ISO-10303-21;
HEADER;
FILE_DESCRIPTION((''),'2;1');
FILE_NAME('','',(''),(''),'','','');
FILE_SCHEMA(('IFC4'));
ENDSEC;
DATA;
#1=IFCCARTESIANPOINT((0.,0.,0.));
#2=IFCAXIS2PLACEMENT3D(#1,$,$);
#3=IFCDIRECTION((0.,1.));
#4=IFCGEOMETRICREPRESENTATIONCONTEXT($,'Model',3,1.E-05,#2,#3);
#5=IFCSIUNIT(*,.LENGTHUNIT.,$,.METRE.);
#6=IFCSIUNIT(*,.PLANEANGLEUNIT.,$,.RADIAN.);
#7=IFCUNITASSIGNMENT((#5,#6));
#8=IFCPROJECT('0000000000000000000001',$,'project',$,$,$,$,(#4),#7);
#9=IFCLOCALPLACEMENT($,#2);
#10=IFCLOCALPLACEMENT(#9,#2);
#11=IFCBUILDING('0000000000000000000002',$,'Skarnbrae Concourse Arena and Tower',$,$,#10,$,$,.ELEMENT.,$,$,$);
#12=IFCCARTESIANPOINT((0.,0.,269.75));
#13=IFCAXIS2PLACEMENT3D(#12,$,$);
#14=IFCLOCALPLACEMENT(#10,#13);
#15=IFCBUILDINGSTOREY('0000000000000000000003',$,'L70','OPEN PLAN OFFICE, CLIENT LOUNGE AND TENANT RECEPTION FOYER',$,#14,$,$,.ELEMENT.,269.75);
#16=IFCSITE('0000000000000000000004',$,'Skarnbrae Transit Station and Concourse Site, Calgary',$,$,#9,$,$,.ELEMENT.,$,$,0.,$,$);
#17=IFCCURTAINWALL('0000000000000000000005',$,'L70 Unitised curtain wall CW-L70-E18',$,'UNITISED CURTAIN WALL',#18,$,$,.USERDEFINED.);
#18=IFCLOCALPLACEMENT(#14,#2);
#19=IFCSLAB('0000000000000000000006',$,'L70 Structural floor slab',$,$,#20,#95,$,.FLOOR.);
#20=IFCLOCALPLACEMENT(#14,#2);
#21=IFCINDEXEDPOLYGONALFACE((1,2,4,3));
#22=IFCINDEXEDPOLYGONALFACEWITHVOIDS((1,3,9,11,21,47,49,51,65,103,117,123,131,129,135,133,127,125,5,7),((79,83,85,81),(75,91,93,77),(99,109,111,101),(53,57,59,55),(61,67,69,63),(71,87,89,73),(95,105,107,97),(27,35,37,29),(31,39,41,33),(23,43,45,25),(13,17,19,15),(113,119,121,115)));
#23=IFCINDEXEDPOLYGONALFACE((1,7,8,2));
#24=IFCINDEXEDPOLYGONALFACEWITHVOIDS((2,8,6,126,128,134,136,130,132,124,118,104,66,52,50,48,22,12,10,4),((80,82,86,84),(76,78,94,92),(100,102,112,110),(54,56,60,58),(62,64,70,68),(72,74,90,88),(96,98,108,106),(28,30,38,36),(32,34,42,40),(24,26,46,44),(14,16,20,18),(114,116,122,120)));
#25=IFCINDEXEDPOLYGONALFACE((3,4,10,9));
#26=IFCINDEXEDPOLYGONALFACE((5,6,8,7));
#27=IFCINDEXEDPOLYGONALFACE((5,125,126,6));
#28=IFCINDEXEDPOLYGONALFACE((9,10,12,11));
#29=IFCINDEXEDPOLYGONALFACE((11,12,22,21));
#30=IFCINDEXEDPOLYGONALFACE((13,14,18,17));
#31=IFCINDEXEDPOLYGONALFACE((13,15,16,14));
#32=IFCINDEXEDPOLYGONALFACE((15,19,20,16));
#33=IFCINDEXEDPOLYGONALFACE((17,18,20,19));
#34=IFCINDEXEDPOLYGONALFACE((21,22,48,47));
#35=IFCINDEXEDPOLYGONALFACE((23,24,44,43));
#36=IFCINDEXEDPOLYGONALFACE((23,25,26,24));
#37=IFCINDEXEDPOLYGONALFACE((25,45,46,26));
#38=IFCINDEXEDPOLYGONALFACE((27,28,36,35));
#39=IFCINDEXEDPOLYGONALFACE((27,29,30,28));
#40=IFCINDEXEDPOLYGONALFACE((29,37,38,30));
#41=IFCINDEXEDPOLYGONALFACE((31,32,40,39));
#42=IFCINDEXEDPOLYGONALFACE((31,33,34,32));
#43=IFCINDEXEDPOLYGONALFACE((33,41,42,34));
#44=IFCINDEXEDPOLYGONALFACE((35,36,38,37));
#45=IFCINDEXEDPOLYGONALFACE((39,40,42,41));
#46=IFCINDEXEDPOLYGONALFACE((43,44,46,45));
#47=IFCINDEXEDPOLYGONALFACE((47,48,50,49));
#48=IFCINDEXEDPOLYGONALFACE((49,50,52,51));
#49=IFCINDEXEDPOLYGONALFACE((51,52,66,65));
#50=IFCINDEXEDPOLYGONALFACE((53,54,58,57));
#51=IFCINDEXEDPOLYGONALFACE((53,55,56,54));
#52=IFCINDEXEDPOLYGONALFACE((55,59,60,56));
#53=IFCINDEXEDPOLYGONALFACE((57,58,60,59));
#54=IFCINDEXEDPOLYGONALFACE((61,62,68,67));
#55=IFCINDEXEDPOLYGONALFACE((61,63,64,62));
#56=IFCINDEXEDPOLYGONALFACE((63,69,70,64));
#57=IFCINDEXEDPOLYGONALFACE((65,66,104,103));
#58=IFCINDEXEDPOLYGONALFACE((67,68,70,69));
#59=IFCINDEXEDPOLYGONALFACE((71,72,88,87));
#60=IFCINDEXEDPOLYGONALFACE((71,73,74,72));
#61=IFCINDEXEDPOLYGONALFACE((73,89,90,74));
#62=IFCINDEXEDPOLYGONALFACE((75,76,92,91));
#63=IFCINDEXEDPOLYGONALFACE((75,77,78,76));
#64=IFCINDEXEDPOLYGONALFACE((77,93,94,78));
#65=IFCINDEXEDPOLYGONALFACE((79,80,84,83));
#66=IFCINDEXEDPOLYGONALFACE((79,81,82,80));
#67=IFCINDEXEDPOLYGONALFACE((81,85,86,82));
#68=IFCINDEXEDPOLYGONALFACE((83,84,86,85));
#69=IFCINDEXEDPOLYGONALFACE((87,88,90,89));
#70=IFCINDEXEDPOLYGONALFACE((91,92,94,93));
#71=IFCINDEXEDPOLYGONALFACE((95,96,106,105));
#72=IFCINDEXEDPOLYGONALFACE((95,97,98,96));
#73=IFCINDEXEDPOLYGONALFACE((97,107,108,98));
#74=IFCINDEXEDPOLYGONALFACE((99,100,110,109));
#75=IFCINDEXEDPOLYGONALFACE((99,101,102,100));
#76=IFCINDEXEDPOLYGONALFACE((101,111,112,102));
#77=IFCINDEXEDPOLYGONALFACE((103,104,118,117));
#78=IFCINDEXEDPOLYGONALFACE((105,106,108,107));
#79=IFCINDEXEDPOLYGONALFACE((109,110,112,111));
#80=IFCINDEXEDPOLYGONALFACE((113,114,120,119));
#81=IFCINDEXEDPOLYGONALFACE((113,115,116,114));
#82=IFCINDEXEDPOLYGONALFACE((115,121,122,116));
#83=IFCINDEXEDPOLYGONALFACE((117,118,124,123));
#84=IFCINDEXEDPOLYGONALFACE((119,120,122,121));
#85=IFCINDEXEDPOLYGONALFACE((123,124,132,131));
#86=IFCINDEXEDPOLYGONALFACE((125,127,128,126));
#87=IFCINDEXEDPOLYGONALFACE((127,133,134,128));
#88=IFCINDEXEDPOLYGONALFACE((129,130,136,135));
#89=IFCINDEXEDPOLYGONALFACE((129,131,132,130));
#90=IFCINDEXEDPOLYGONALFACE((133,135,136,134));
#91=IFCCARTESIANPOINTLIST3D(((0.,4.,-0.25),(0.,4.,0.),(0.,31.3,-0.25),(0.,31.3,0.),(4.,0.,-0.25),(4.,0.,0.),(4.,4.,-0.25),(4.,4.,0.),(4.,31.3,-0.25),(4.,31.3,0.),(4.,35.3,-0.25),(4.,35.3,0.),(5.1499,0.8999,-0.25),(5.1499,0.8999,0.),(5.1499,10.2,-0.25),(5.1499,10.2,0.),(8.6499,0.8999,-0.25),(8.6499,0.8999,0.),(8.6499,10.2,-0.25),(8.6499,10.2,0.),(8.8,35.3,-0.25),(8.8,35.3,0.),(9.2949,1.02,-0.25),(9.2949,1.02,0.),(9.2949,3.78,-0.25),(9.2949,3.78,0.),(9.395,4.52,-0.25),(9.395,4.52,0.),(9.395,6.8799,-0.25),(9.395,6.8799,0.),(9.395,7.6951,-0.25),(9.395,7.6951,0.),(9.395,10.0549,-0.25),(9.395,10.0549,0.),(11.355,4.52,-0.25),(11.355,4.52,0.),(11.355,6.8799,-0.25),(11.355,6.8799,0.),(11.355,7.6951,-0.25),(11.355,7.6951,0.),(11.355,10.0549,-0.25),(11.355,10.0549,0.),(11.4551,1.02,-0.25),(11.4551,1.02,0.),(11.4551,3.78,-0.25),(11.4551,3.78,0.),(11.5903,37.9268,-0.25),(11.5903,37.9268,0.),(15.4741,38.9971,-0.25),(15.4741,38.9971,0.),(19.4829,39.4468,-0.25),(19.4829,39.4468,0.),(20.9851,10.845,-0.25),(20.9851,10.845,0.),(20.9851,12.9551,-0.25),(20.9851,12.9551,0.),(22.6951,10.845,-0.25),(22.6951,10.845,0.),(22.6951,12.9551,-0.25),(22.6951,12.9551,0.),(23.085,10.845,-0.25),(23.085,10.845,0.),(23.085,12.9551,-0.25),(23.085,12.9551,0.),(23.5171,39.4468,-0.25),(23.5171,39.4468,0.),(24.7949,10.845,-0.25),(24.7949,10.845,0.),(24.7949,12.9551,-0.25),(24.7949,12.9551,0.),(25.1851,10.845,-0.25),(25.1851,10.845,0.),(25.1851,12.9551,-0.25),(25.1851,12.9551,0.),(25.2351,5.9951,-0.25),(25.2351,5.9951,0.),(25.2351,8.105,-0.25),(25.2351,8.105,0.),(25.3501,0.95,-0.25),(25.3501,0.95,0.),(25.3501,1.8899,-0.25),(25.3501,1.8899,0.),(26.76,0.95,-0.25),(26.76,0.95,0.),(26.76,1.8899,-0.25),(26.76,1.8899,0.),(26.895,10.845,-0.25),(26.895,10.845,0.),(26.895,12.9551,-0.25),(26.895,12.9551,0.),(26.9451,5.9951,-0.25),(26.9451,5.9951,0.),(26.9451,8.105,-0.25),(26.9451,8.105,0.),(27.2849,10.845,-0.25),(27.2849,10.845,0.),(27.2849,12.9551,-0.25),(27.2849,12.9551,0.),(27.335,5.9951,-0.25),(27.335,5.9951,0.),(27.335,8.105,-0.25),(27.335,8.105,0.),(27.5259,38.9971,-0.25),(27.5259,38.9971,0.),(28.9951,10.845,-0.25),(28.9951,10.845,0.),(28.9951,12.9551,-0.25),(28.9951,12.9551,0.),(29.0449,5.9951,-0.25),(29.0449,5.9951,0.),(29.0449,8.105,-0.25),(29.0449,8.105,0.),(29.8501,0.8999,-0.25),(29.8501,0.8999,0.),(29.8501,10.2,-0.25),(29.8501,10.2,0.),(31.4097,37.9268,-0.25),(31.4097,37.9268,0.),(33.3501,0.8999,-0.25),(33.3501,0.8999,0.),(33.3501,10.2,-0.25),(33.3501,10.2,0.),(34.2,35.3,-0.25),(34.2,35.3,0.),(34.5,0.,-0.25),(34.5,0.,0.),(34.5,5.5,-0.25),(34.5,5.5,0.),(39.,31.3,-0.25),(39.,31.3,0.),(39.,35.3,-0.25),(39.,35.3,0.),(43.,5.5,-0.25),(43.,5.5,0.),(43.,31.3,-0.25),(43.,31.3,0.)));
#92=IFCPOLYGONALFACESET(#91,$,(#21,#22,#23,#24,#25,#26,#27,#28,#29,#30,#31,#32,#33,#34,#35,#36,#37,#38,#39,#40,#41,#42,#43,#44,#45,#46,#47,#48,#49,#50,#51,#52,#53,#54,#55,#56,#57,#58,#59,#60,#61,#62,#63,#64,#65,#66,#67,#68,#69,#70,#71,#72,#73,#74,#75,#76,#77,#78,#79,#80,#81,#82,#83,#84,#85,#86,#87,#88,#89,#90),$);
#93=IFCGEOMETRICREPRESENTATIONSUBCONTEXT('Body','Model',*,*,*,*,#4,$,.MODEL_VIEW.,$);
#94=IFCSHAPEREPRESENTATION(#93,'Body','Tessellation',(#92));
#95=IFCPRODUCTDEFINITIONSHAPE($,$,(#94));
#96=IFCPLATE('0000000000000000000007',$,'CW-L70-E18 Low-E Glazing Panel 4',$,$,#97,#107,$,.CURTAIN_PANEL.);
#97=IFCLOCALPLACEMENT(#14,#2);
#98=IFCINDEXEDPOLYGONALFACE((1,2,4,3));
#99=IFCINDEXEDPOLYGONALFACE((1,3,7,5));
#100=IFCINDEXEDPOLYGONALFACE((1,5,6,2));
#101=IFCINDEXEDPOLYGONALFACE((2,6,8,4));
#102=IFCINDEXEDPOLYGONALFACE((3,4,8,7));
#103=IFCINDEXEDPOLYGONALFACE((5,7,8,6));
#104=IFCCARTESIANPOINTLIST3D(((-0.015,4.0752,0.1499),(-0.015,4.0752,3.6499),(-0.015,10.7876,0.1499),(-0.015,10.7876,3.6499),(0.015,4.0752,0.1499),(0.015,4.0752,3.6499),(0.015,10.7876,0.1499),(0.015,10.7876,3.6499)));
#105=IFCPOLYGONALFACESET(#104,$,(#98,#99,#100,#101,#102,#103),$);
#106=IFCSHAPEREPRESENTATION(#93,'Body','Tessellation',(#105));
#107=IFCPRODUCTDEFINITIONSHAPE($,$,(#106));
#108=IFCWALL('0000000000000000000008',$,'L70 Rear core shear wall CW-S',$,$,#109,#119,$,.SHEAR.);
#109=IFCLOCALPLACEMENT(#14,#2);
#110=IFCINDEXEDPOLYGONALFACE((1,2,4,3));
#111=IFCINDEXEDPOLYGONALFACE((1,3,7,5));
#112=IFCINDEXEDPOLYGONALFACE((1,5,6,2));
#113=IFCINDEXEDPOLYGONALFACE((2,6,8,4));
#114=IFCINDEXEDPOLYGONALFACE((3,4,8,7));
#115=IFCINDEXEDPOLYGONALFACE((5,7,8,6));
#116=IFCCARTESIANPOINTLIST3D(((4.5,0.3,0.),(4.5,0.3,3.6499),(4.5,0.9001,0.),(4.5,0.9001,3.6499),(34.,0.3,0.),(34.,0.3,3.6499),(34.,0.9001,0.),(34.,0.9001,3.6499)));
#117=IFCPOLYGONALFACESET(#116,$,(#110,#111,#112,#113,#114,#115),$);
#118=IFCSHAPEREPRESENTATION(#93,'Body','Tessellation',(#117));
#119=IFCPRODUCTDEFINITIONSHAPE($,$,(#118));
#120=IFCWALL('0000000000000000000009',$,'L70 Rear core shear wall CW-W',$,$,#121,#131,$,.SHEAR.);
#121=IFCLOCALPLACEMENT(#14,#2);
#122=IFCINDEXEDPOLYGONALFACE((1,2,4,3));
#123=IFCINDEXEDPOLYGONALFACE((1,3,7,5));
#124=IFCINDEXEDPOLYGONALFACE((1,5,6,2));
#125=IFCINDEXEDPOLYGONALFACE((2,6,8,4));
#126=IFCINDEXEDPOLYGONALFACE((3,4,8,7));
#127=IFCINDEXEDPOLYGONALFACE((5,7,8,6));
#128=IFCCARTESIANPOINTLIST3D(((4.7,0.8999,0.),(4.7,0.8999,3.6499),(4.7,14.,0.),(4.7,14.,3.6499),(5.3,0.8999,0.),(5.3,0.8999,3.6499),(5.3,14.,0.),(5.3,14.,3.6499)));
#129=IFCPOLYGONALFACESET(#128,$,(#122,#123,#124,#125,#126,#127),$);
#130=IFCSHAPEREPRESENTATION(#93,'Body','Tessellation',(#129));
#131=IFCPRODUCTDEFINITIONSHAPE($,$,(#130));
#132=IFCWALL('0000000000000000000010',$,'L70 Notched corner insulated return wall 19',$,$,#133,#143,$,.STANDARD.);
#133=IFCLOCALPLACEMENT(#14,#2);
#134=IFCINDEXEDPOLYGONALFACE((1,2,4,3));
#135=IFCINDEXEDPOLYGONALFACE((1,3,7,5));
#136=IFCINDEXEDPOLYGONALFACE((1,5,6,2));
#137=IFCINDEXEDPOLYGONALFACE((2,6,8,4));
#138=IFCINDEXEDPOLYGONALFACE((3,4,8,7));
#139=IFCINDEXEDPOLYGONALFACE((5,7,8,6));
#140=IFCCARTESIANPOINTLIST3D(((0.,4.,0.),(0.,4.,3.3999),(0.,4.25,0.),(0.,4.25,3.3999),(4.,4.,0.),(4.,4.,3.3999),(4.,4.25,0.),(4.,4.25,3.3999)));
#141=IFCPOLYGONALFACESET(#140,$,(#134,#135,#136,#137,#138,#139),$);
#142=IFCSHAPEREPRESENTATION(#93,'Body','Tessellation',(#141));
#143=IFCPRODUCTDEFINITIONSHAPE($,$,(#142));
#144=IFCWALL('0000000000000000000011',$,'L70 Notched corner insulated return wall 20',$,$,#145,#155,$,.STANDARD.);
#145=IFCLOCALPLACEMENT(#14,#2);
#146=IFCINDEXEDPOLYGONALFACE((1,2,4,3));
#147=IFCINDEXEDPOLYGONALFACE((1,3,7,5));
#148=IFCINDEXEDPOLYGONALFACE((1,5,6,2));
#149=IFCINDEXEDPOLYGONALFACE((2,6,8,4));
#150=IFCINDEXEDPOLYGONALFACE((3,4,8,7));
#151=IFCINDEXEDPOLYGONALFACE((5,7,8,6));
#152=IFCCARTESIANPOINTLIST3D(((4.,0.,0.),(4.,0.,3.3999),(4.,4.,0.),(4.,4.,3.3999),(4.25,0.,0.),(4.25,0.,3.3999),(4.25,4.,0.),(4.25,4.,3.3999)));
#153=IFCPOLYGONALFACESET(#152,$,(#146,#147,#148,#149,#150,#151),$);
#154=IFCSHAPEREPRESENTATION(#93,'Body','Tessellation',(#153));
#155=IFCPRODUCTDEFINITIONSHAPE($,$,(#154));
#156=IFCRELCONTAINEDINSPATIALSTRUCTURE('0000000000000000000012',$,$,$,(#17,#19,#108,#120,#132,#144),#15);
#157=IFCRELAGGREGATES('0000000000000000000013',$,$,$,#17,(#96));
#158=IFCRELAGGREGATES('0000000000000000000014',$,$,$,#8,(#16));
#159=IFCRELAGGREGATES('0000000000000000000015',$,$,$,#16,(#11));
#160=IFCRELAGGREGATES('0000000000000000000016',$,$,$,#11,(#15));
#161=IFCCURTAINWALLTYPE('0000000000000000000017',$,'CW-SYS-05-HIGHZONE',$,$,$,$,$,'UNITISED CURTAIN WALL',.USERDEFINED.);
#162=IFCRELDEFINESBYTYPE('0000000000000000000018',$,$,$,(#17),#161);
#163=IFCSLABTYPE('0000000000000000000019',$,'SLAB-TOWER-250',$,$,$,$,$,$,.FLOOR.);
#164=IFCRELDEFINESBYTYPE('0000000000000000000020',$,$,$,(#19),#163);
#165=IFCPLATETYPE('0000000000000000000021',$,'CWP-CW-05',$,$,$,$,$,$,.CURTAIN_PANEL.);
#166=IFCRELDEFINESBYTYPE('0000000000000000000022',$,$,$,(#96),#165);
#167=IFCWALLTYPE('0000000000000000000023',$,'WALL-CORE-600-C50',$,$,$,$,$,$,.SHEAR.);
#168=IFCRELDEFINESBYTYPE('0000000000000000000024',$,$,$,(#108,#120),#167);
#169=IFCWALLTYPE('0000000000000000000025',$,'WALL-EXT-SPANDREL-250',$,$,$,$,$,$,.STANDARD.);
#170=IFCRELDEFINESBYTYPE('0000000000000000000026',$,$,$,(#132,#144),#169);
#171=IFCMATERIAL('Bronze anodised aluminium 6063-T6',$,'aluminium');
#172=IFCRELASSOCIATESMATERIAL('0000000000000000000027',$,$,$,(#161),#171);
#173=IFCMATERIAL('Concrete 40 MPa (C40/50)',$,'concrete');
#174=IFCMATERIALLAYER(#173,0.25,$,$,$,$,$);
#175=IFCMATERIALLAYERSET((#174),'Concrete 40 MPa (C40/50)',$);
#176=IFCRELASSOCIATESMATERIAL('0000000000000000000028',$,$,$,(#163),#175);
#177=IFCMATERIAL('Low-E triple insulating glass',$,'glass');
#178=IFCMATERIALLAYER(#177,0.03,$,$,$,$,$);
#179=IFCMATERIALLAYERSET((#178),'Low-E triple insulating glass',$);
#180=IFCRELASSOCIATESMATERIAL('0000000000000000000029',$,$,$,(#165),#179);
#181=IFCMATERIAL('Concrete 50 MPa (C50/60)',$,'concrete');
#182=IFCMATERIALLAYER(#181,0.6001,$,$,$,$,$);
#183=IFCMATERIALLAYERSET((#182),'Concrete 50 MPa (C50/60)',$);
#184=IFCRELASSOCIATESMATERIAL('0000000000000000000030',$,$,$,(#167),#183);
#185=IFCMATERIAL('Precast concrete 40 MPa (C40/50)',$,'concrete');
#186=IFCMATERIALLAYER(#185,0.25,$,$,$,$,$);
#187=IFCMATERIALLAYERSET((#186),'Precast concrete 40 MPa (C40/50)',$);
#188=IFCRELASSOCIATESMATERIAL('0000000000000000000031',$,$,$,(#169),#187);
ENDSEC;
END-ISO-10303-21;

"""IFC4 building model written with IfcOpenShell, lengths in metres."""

from ifc_helpers import new_model, si_unit, direction, frame, frame_2d, origin, origin_2d, place, context, subcontext, project, spatial, polyline, rectangle, outline, extrude, source, transform, mapped, material, layer, layer_set, type_object, element, aggregate, save


model = new_model("IFC4")

# Units and contexts
model_context = context("Model", 3, precision=1e-05, world=origin(), true_north=direction((0.0, 1.0)))
body_context = subcontext(model_context, "Body", "Model", "MODEL_VIEW")
ifc_project = project(units=[si_unit("LENGTHUNIT", "METRE"), si_unit("PLANEANGLEUNIT", "RADIAN")], contexts=[model_context])

# Site, building, storey
site_placement = place(None, origin())
site = spatial("IfcSite", under=ifc_project, at=site_placement, Name="Skarnbrae Transit Station and Concourse Site, Calgary", CompositionType="ELEMENT", RefElevation=0.0)
building_placement = place(site_placement, origin())
building = spatial("IfcBuilding", under=site, at=building_placement, Name="Skarnbrae Concourse Arena and Tower", CompositionType="ELEMENT")
storey_placement = place(building_placement, frame((0.0, 0.0, 269.75)))
storey = spatial("IfcBuildingStorey", under=building, at=storey_placement, Name="L70", Description="OPEN PLAN OFFICE, CLIENT LOUNGE AND TENANT RECEPTION FOYER", CompositionType="ELEMENT", Elevation=269.75)

# Curtain wall
ifc_material_1 = material(Name="Bronze anodised aluminium 6063-T6", Category="aluminium")
curtain_wall_type = type_object("IfcCurtainWallType", Name="CW-SYS-05-HIGHZONE", ElementType="UNITISED CURTAIN WALL", PredefinedType="USERDEFINED", material=ifc_material_1)
curtain_wall_placement = place(storey_placement, origin())
curtain_wall = element("IfcCurtainWall", 1, at=curtain_wall_placement, inside=storey, type_object=curtain_wall_type, Name="L70 Unitised curtain wall CW-L70-E18", ObjectType="UNITISED CURTAIN WALL", PredefinedType="USERDEFINED")

# Shared definitions
ifc_material_2 = material(Name="Concrete 40 MPa (C40/50)", Category="concrete")

# Slab
ifc_layer_1 = layer(ifc_material_2, 0.25)
ifc_layer_set_1 = layer_set([ifc_layer_1], Name="Concrete 40 MPa (C40/50)")
slab_type_1 = type_object("IfcSlabType", Name="SLAB-TOWER-250", PredefinedType="FLOOR", material=ifc_layer_set_1)
slab_1_placement = place(storey_placement, frame((0.0, 0.0, -0.25)))
element("IfcSlab", 2, at=slab_1_placement, inside=storey, type_object=slab_type_1, Name="L70 Structural floor slab", PredefinedType="FLOOR", context=body_context, shape_type="SweptSolid", body=[
    extrude(outline(polyline([(4.0, 0.0), (34.5, 0.0), (34.5, 5.5), (43.0, 5.5), (43.0, 31.3), (39.0, 31.3), (39.0, 35.3), (34.2, 35.3), (31.4097, 37.9268), (27.5259, 38.9971), (23.5171, 39.4468), (19.4829, 39.4468), (15.4741, 38.9971), (11.5903, 37.9268), (8.8, 35.3), (4.0, 35.3), (4.0, 31.3), (0.0, 31.3), (0.0, 4.0), (4.0, 4.0), (4.0, 0.0)]), holes=[polyline([(9.2949, 1.02), (9.2949, 3.78), (11.4551, 3.78), (11.4551, 1.02), (9.2949, 1.02)]), polyline([(8.6499, 10.2), (8.6499, 0.8999), (5.1499, 0.8999), (5.1499, 10.2), (8.6499, 10.2)]), polyline([(9.395, 6.8799), (11.355, 6.8799), (11.355, 4.52), (9.395, 4.52), (9.395, 6.8799)]), polyline([(9.395, 7.6951), (9.395, 10.0549), (11.355, 10.0549), (11.355, 7.6951), (9.395, 7.6951)]), polyline([(20.9851, 12.9551), (22.6951, 12.9551), (22.6951, 10.845), (20.9851, 10.845), (20.9851, 12.9551)]), polyline([(23.085, 12.9551), (24.7949, 12.9551), (24.7949, 10.845), (23.085, 10.845), (23.085, 12.9551)]), polyline([(25.3501, 0.95), (25.3501, 1.8899), (26.76, 1.8899), (26.76, 0.95), (25.3501, 0.95)]), polyline([(33.3501, 10.2), (33.3501, 0.8999), (29.8501, 0.8999), (29.8501, 10.2), (33.3501, 10.2)]), polyline([(25.2351, 8.105), (26.9451, 8.105), (26.9451, 5.9951), (25.2351, 5.9951), (25.2351, 8.105)]), polyline([(27.335, 5.9951), (27.335, 8.105), (29.0449, 8.105), (29.0449, 5.9951), (27.335, 5.9951)]), polyline([(25.1851, 12.9551), (26.895, 12.9551), (26.895, 10.845), (25.1851, 10.845), (25.1851, 12.9551)]), polyline([(27.2849, 12.9551), (28.9951, 12.9551), (28.9951, 10.845), (27.2849, 10.845), (27.2849, 12.9551)])]), origin(), (0.0, 0.0, 1.0), 0.25),
])

# Plate
ifc_material_3 = material(Name="Low-E triple insulating glass", Category="glass")
ifc_layer_2 = layer(ifc_material_3, 0.03)
ifc_layer_set_2 = layer_set([ifc_layer_2], Name="Low-E triple insulating glass")
plate_type = type_object("IfcPlateType", Name="CWP-CW-05", PredefinedType="CURTAIN_PANEL", material=ifc_layer_set_2)
shared_shape_1 = source(origin(), body_context, "Body", "SweptSolid", [
    extrude(rectangle(XDim=6.7124, YDim=0.03, at=origin_2d()), origin(), (0.0, 0.0, 1.0), 3.5),
])
plate_placement = place(storey_placement, frame((0.0, 7.4314, 0.1499), z_axis=(0.0, 0.0, 1.0), x_axis=(0.0, -1.0, 0.0)))
plate = element("IfcPlate", 3, at=plate_placement, type_object=plate_type, Name="CW-L70-E18 Low-E Glazing Panel 4", PredefinedType="CURTAIN_PANEL", context=body_context, shape_type="MappedRepresentation", body=[
    mapped(shared_shape_1, transform((0.0, 0.0, 0.0))),
])
aggregate(curtain_wall, [plate])

# Walls
ifc_material_4 = material(Name="Concrete 50 MPa (C50/60)", Category="concrete")
ifc_layer_3 = layer(ifc_material_4, 0.6001)
ifc_layer_set_3 = layer_set([ifc_layer_3], Name="Concrete 50 MPa (C50/60)")
wall_type_1 = type_object("IfcWallType", Name="WALL-CORE-600-C50", PredefinedType="SHEAR", material=ifc_layer_set_3)
shared_shape_2 = source(origin(), body_context, "Body", "SweptSolid", [
    extrude(rectangle(XDim=29.5, YDim=0.6001, at=frame_2d((14.75, 0.0))), origin(), (0.0, 0.0, 1.0), 3.6499),
])
wall_1_placement = place(storey_placement, frame((4.5, 0.6001, 0.0), z_axis=(0.0, 0.0, 1.0), x_axis=(1.0, 0.0, 0.0)))
element("IfcWall", 4, at=wall_1_placement, inside=storey, type_object=wall_type_1, Name="L70 Rear core shear wall CW-S", PredefinedType="SHEAR", context=body_context, shape_type="MappedRepresentation", body=[
    mapped(shared_shape_2, transform((0.0, 0.0, 0.0))),
])
shared_shape_3 = source(origin(), body_context, "Body", "SweptSolid", [
    extrude(rectangle(XDim=13.1001, YDim=0.6001, at=frame_2d((6.55, 0.0))), origin(), (0.0, 0.0, 1.0), 3.6499),
])
wall_2_placement = place(storey_placement, frame((5.0, 0.8999, 0.0), z_axis=(0.0, 0.0, 1.0), x_axis=(0.0, 1.0, 0.0)))
element("IfcWall", 5, at=wall_2_placement, inside=storey, type_object=wall_type_1, Name="L70 Rear core shear wall CW-W", PredefinedType="SHEAR", context=body_context, shape_type="MappedRepresentation", body=[
    mapped(shared_shape_3, transform((0.0, 0.0, 0.0))),
])
ifc_material_5 = material(Name="Precast concrete 40 MPa (C40/50)", Category="concrete")
ifc_layer_4 = layer(ifc_material_5, 0.25)
ifc_layer_set_4 = layer_set([ifc_layer_4], Name="Precast concrete 40 MPa (C40/50)")
wall_type_2 = type_object("IfcWallType", Name="WALL-EXT-SPANDREL-250", PredefinedType="STANDARD", material=ifc_layer_set_4)
shared_shape_4 = source(origin(), body_context, "Body", "SweptSolid", [
    extrude(rectangle(XDim=4.0, YDim=0.25, at=frame_2d((2.0, 0.0))), origin(), (0.0, 0.0, 1.0), 3.3999),
])
for number, where, z_axis, x_axis, name in (
    (6, (0.0, 4.125, 0.0), (0.0, 0.0, 1.0), (1.0, 0.0, 0.0), "L70 Notched corner insulated return wall 19"),
    (7, (4.125, 4.0, 0.0), (0.0, 0.0, 1.0), (0.0, -1.0, 0.0), "L70 Notched corner insulated return wall 20"),
):
    element("IfcWall", number, at=place(storey_placement, frame(where, z_axis=z_axis, x_axis=x_axis)), inside=storey, type_object=wall_type_2, Name=name, PredefinedType="STANDARD", context=body_context, shape_type="MappedRepresentation", body=[
        mapped(shared_shape_4, transform((0.0, 0.0, 0.0))),
    ])

save(model, "model.ifc")
